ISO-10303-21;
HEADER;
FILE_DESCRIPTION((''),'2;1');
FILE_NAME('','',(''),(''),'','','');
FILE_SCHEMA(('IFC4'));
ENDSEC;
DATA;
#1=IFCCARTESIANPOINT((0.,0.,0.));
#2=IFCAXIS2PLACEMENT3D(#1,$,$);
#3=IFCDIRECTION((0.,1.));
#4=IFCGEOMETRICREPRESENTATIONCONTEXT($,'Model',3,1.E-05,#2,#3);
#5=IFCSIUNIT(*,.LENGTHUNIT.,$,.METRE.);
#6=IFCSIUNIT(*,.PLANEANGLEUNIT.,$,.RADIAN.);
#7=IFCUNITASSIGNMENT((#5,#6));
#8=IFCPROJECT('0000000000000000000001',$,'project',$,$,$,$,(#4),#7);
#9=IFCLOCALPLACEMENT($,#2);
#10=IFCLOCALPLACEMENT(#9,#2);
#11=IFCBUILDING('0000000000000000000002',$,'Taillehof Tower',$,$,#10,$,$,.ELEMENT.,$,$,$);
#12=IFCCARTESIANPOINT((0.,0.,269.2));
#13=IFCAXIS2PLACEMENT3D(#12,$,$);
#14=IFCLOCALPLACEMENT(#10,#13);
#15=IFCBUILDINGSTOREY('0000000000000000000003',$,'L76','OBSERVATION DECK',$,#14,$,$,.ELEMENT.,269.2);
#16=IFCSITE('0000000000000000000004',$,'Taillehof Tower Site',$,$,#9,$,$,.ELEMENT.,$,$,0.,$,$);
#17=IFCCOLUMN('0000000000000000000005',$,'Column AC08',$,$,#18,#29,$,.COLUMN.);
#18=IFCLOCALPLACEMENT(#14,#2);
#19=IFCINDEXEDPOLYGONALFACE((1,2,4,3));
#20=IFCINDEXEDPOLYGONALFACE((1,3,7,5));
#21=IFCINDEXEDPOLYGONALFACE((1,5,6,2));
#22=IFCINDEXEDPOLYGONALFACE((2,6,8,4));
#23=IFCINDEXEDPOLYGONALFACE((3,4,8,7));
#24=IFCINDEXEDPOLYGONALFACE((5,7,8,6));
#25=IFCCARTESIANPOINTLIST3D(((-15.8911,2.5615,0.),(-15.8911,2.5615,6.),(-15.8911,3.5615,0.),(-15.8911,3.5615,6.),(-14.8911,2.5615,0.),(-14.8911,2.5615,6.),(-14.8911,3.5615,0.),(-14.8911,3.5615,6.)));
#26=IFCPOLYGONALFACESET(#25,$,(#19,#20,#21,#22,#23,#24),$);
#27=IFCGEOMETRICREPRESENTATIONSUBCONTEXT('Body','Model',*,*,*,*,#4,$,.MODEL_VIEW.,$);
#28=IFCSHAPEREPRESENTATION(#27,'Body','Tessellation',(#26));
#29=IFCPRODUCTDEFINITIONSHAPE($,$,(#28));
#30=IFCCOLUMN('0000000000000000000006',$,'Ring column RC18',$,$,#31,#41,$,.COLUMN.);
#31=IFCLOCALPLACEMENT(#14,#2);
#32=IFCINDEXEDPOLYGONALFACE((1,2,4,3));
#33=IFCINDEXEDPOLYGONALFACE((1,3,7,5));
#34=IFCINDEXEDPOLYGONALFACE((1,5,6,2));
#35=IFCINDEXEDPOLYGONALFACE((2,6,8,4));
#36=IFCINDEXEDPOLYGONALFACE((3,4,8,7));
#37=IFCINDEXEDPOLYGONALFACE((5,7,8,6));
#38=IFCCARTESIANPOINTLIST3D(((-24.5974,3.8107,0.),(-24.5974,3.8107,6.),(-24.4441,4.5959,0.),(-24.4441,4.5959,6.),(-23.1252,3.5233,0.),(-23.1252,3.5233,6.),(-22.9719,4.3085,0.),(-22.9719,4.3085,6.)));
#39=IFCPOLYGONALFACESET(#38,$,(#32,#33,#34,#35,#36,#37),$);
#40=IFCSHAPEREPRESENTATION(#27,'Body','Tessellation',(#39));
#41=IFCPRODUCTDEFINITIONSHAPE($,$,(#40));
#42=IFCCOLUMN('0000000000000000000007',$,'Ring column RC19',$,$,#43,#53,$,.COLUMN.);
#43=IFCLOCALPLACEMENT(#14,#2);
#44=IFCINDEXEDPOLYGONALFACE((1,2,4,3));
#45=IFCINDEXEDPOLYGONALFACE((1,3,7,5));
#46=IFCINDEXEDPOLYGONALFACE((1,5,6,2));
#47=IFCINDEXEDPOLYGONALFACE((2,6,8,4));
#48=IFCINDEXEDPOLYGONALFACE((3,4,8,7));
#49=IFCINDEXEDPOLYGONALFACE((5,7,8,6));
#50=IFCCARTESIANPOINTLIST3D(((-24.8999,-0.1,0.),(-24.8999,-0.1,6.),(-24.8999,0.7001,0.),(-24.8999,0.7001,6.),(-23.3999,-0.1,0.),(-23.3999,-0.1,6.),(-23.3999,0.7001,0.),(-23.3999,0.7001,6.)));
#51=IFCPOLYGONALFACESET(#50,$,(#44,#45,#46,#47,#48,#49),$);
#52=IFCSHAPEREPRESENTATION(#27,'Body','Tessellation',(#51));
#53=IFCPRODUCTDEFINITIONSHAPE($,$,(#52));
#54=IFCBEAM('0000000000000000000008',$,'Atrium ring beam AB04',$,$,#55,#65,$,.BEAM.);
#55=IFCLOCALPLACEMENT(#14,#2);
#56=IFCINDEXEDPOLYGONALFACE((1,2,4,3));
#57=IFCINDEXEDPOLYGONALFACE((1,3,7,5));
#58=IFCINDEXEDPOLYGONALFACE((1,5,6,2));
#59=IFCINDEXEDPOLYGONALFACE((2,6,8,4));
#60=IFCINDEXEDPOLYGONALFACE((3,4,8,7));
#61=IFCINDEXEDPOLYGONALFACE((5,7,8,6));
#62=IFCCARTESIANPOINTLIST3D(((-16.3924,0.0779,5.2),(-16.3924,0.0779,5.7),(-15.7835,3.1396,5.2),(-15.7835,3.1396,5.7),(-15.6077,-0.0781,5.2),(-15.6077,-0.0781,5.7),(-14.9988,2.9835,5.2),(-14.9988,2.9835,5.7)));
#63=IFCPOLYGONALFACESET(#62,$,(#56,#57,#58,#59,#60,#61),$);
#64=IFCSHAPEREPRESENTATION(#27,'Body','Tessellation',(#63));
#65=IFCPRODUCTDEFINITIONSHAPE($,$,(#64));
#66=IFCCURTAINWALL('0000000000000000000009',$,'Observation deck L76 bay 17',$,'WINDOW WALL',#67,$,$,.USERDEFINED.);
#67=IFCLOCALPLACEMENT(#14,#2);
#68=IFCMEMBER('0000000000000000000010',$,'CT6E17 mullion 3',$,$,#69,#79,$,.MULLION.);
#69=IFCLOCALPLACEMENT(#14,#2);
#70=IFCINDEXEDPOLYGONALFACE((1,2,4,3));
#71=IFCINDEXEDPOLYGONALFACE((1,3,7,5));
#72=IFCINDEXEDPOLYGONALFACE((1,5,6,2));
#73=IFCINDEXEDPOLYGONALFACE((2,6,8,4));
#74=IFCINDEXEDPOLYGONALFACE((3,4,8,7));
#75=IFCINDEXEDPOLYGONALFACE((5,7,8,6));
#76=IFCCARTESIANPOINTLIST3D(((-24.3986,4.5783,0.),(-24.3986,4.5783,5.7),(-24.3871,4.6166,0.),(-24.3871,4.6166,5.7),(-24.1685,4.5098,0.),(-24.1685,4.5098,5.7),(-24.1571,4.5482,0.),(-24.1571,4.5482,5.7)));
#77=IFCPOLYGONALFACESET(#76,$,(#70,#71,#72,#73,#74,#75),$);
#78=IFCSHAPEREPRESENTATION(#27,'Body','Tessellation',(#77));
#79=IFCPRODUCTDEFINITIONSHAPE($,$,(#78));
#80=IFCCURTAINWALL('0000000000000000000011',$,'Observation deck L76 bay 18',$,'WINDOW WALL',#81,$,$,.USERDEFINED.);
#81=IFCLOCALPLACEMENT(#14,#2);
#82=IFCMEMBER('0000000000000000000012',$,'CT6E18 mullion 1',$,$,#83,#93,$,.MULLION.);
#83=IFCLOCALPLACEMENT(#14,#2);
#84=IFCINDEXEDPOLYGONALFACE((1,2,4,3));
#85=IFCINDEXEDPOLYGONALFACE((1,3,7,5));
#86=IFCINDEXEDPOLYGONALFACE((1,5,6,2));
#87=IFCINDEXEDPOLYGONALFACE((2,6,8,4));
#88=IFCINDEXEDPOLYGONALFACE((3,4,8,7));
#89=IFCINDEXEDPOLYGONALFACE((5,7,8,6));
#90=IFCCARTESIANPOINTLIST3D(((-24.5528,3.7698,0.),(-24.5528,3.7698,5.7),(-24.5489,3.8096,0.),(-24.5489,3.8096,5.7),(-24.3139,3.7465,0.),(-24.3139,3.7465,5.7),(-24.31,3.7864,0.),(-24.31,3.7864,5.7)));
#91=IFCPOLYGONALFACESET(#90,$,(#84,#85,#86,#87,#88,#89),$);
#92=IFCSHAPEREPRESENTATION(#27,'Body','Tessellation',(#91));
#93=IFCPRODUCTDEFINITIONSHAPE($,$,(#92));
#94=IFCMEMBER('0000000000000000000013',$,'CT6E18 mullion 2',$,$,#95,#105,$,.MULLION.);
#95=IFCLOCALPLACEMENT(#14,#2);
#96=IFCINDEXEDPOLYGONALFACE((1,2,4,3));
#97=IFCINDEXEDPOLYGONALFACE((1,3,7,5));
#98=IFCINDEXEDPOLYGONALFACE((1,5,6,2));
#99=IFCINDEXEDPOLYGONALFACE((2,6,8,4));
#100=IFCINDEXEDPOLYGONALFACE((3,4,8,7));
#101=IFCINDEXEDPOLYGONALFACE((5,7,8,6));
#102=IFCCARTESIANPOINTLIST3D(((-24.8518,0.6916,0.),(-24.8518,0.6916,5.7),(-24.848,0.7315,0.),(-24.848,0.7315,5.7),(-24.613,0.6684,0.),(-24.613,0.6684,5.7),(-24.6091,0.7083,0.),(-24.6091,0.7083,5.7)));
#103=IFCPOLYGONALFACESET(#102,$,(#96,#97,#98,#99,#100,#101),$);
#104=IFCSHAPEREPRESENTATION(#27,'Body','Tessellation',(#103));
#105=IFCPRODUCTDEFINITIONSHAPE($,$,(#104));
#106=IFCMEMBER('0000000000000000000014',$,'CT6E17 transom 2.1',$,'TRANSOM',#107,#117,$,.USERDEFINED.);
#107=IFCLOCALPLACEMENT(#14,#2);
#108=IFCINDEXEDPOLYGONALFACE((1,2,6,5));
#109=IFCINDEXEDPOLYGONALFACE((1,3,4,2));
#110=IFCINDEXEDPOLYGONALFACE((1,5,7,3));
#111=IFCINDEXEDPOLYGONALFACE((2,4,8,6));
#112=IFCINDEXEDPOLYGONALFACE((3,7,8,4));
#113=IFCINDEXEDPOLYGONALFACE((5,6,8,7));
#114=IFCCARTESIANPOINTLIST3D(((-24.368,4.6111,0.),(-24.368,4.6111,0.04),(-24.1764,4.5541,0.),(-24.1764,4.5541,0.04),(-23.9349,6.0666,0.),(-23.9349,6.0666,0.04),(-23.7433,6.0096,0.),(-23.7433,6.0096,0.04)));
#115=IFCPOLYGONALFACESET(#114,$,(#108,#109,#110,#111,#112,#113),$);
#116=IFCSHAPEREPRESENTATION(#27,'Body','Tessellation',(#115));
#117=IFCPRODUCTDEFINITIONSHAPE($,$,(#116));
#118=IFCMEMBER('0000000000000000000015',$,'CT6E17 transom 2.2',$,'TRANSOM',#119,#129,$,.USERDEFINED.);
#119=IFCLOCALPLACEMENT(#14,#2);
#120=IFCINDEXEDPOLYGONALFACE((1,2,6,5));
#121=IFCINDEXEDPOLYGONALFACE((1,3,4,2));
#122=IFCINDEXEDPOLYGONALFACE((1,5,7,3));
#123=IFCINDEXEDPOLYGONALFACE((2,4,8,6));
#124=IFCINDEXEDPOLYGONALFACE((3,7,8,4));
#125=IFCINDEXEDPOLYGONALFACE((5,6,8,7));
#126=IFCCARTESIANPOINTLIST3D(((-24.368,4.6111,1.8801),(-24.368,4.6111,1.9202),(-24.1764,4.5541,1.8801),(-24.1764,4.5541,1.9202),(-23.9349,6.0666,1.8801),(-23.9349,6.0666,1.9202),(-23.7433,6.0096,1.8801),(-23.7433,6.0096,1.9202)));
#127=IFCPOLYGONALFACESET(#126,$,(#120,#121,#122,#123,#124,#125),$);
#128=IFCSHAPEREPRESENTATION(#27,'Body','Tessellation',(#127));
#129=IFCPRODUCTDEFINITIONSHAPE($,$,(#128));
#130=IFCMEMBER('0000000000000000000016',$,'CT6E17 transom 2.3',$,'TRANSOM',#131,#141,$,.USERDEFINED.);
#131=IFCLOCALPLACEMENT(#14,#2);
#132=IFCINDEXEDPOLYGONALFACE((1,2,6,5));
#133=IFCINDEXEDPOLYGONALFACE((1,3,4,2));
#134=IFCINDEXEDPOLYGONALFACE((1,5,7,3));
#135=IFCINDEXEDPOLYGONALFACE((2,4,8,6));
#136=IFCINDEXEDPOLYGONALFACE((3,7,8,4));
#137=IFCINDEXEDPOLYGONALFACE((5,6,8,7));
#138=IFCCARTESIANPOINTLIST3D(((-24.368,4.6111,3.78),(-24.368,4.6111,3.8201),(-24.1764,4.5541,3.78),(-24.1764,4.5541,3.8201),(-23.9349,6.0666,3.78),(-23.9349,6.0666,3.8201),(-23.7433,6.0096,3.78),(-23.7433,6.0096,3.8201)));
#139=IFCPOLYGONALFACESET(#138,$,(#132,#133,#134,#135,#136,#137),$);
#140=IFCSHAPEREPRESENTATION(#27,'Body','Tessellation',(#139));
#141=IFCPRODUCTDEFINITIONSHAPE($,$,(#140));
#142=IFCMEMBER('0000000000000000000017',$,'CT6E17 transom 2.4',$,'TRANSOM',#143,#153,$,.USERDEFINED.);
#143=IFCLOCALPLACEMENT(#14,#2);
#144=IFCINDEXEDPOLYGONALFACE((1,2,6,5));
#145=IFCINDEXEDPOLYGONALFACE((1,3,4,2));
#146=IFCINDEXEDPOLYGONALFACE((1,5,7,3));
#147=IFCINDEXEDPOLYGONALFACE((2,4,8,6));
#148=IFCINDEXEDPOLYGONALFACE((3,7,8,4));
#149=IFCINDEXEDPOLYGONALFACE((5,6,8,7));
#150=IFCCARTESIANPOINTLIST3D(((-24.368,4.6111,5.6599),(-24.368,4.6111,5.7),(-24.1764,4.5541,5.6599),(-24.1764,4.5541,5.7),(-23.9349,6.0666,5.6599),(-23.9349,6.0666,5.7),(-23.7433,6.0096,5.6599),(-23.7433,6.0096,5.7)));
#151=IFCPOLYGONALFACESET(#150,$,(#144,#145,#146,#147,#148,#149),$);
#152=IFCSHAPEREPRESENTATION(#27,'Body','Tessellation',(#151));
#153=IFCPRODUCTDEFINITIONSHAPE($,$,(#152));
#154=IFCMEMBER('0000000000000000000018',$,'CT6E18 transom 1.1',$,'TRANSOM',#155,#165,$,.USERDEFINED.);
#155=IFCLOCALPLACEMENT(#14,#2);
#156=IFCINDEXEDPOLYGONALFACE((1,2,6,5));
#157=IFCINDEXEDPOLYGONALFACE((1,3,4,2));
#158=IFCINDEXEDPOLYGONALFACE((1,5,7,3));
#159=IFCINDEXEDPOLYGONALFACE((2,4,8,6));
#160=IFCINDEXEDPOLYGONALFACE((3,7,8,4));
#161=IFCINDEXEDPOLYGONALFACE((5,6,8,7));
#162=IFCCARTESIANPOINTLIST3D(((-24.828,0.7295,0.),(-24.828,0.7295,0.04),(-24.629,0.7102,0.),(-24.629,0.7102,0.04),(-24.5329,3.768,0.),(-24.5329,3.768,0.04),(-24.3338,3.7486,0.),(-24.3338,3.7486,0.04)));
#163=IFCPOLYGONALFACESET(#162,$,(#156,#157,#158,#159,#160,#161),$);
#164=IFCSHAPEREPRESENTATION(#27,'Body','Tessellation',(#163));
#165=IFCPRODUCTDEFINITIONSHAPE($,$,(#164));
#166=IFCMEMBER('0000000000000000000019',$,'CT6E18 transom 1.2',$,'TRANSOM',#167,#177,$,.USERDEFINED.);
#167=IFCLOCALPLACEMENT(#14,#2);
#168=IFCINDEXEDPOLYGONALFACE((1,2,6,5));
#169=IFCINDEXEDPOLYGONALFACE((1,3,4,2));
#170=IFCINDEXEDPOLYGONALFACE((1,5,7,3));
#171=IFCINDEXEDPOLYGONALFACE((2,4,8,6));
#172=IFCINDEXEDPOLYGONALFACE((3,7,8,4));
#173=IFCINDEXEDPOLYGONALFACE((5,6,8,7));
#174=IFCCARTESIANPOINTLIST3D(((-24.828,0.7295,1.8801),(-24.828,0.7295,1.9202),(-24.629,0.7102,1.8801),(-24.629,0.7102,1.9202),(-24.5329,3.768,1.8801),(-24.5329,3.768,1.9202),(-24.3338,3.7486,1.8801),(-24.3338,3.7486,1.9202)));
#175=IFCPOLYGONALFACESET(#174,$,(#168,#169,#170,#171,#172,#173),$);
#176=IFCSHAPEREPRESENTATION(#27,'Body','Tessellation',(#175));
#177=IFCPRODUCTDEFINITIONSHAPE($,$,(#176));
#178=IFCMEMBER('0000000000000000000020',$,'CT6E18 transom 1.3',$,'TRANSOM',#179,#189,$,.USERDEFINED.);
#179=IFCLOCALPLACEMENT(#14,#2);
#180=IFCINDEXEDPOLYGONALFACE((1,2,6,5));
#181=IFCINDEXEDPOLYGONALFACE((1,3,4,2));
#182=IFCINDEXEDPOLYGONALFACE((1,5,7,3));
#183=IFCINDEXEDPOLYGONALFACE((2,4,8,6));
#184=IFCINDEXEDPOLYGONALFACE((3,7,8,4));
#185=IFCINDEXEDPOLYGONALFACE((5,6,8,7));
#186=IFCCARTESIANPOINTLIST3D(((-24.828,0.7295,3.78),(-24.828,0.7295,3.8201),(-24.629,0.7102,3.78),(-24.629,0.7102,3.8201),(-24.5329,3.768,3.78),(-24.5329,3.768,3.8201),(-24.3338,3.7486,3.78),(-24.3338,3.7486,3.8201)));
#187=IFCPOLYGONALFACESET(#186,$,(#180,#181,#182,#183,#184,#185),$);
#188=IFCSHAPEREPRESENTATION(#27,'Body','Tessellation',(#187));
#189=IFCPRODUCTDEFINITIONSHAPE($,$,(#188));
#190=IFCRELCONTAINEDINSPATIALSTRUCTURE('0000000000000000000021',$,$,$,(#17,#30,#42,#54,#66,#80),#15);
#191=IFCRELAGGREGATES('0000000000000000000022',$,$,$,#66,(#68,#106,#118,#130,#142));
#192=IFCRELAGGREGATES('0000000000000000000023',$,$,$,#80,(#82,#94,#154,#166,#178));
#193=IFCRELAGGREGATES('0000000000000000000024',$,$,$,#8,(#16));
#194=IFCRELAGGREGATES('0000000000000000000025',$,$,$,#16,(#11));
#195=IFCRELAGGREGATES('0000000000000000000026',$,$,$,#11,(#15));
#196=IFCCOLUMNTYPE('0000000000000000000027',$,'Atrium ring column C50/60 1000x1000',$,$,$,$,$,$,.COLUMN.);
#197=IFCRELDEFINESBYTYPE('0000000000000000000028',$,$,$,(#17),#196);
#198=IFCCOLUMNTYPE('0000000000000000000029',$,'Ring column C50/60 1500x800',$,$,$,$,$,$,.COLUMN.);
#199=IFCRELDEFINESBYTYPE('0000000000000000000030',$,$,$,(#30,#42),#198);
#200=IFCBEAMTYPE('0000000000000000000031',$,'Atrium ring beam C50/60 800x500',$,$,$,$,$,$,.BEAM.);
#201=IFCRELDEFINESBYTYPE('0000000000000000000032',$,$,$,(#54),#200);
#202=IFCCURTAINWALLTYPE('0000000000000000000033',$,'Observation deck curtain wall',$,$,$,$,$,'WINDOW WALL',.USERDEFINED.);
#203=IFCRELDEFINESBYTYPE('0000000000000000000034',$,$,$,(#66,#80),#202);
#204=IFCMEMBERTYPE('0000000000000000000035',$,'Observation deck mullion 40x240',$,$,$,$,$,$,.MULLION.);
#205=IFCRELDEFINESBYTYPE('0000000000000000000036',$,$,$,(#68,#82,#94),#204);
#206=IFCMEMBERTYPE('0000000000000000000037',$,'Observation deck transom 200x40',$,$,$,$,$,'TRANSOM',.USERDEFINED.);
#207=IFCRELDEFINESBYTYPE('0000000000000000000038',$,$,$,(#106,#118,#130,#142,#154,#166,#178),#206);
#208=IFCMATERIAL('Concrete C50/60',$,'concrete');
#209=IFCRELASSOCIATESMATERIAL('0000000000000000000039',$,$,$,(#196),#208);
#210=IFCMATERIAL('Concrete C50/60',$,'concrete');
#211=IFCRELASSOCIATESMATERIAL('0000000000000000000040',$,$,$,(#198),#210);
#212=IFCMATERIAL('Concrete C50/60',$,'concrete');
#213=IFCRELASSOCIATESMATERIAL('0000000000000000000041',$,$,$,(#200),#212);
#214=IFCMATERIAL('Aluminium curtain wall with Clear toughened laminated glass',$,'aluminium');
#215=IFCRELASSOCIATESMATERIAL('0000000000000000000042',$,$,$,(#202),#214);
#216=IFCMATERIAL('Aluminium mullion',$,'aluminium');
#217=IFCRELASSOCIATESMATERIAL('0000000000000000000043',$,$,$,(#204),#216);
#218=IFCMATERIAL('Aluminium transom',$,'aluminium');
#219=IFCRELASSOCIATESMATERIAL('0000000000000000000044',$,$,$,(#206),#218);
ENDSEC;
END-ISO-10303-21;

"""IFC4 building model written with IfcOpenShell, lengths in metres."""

from ifc_helpers import new_model, si_unit, direction, frame, origin, origin_2d, place, context, subcontext, project, spatial, rectangle, extrude, material, material_profile, profile_set, type_object, element, aggregate, save


model = new_model("IFC4")

# Units and contexts
model_context = context("Model", 3, precision=1e-05, world=origin(), true_north=direction((0.0, 1.0)))
body_context = subcontext(model_context, "Body", "Model", "MODEL_VIEW")
ifc_project = project(units=[si_unit("LENGTHUNIT", "METRE"), si_unit("PLANEANGLEUNIT", "RADIAN")], contexts=[model_context])

# Site, building, storey
site_placement = place(None, origin())
site = spatial("IfcSite", under=ifc_project, at=site_placement, Name="Taillehof Tower Site", CompositionType="ELEMENT", RefElevation=0.0)
building_placement = place(site_placement, origin())
building = spatial("IfcBuilding", under=site, at=building_placement, Name="Taillehof Tower", CompositionType="ELEMENT")
storey_placement = place(building_placement, frame((0.0, 0.0, 269.2)))
storey = spatial("IfcBuildingStorey", under=building, at=storey_placement, Name="L76", Description="OBSERVATION DECK", CompositionType="ELEMENT", Elevation=269.2)

# Columns
ifc_material_1 = material(Name="Concrete C50/60", Category="concrete")
ifc_material_profile_1 = material_profile(ifc_material_1, rectangle(XDim=1.0, YDim=1.0, at=origin_2d()), Name="RC 1000x1000")
ifc_profile_set_1 = profile_set([ifc_material_profile_1], Name="Concrete C50/60")
column_type_1 = type_object("IfcColumnType", Name="Atrium ring column C50/60 1000x1000", PredefinedType="COLUMN", material=ifc_profile_set_1)
column_placement = place(storey_placement, frame((-15.3911, 3.0615, 0.0), z_axis=(0.0, 0.0, 1.0), x_axis=(1.0, 0.0, 0.0)))
element("IfcColumn", 1, at=column_placement, inside=storey, type_object=column_type_1, Name="Column AC08", PredefinedType="COLUMN", context=body_context, shape_type="SweptSolid", body=[
    extrude(rectangle(XDim=1.0, YDim=1.0, at=origin_2d()), origin(), (0.0, 0.0, 1.0), 6.0),
])
ifc_material_2 = material(Name="Concrete C50/60", Category="concrete")
ifc_material_profile_2 = material_profile(ifc_material_2, rectangle(XDim=1.5, YDim=0.8, at=origin_2d()), Name="RC 1500x800")
ifc_profile_set_2 = profile_set([ifc_material_profile_2], Name="Concrete C50/60")
column_type_2 = type_object("IfcColumnType", Name="Ring column C50/60 1500x800", PredefinedType="COLUMN", material=ifc_profile_set_2)
for number, where, z_axis, x_axis, name in (
    (2, (-23.7847, 4.0596, 0.0), (0.0, 0.0, 1.0), (-0.981473, 0.191602, 0.0), "Ring column RC18"),
    (3, (-24.1499, 0.3, 0.0), (0.0, 0.0, 1.0), (-1.0, 0.0, 0.0), "Ring column RC19"),
):
    element("IfcColumn", number, at=place(storey_placement, frame(where, z_axis=z_axis, x_axis=x_axis)), inside=storey, type_object=column_type_2, Name=name, PredefinedType="COLUMN", context=body_context, shape_type="SweptSolid", body=[
        extrude(rectangle(XDim=1.5, YDim=0.8, at=origin_2d()), origin(), (0.0, 0.0, 1.0), 6.0),
    ])

# Beam
ifc_material_3 = material(Name="Concrete C50/60", Category="concrete")
ifc_material_profile_3 = material_profile(ifc_material_3, rectangle(XDim=0.8, YDim=0.5, at=origin_2d()), Name="RC 800x500")
ifc_profile_set_3 = profile_set([ifc_material_profile_3], Name="Concrete C50/60")
beam_type_1 = type_object("IfcBeamType", Name="Atrium ring beam C50/60 800x500", PredefinedType="BEAM", material=ifc_profile_set_3)
beam_1_placement = place(storey_placement, frame((-15.3911, 3.0615, 5.45), z_axis=(-0.195063, -0.980791, 0.0), x_axis=(0.980791, -0.195063, 0.0)))
element("IfcBeam", 4, at=beam_1_placement, inside=storey, type_object=beam_type_1, Name="Atrium ring beam AB04", PredefinedType="BEAM", context=body_context, shape_type="SweptSolid", body=[
    extrude(rectangle(XDim=0.8, YDim=0.5, at=origin_2d()), origin(), (0.0, 0.0, 1.0), 3.1216),
])

# Curtain wall, member
ifc_material_4 = material(Name="Aluminium curtain wall with Clear toughened laminated glass", Category="aluminium")
curtain_wall_type = type_object("IfcCurtainWallType", Name="Observation deck curtain wall", ElementType="WINDOW WALL", PredefinedType="USERDEFINED", material=ifc_material_4)
curtain_wall_1_placement = place(storey_placement, origin())
curtain_wall_1 = element("IfcCurtainWall", 5, at=curtain_wall_1_placement, inside=storey, type_object=curtain_wall_type, Name="Observation deck L76 bay 17", ObjectType="WINDOW WALL", PredefinedType="USERDEFINED")
ifc_material_5 = material(Name="Aluminium mullion", Category="aluminium")
ifc_material_profile_4 = material_profile(ifc_material_5, rectangle(XDim=0.24, YDim=0.04, at=origin_2d()), Name="AL 40x240")
ifc_profile_set_4 = profile_set([ifc_material_profile_4], Name="Aluminium mullion")
member_type_1 = type_object("IfcMemberType", Name="Observation deck mullion 40x240", PredefinedType="MULLION", material=ifc_profile_set_4)
member_1_placement = place(storey_placement, frame((-24.2778, 4.5632, 0.0), z_axis=(0.0, 0.0, 1.0), x_axis=(0.958457, -0.285236, 0.0)))
member_1 = element("IfcMember", 6, at=member_1_placement, type_object=member_type_1, Name="CT6E17 mullion 3", PredefinedType="MULLION", context=body_context, shape_type="SweptSolid", body=[
    extrude(rectangle(XDim=0.24, YDim=0.04, at=origin_2d()), origin(), (0.0, 0.0, 1.0), 5.7),
])

# Curtain wall, members
curtain_wall_2_placement = place(storey_placement, origin())
curtain_wall_2 = element("IfcCurtainWall", 7, at=curtain_wall_2_placement, inside=storey, type_object=curtain_wall_type, Name="Observation deck L76 bay 18", ObjectType="WINDOW WALL", PredefinedType="USERDEFINED")
member_2_placement = place(storey_placement, frame((-24.4314, 3.7781, 0.0), z_axis=(0.0, 0.0, 1.0), x_axis=(0.995312, -0.096714, 0.0)))
member_2 = element("IfcMember", 8, at=member_2_placement, type_object=member_type_1, Name="CT6E18 mullion 1", PredefinedType="MULLION", context=body_context, shape_type="SweptSolid", body=[
    extrude(rectangle(XDim=0.24, YDim=0.04, at=origin_2d()), origin(), (0.0, 0.0, 1.0), 5.7),
])
member_3_placement = place(storey_placement, frame((-24.7305, 0.7, 0.0), z_axis=(0.0, 0.0, 1.0), x_axis=(0.995312, -0.096714, 0.0)))
member_3 = element("IfcMember", 9, at=member_3_placement, type_object=member_type_1, Name="CT6E18 mullion 2", PredefinedType="MULLION", context=body_context, shape_type="SweptSolid", body=[
    extrude(rectangle(XDim=0.24, YDim=0.04, at=origin_2d()), origin(), (0.0, 0.0, 1.0), 5.7),
])

# Members
ifc_material_6 = material(Name="Aluminium transom", Category="aluminium")
ifc_material_profile_5 = material_profile(ifc_material_6, rectangle(XDim=0.2, YDim=0.04, at=origin_2d()), Name="AL 200x40")
ifc_profile_set_5 = profile_set([ifc_material_profile_5], Name="Aluminium transom")
member_type_2 = type_object("IfcMemberType", Name="Observation deck transom 200x40", ElementType="TRANSOM", PredefinedType="USERDEFINED", material=ifc_profile_set_5)
member_4_placement = place(storey_placement, frame((-23.8391, 6.0381, 0.02), z_axis=(-0.285194, -0.95847, 0.0), x_axis=(0.95847, -0.285194, 0.0)))
member_4 = element("IfcMember", 10, at=member_4_placement, type_object=member_type_2, Name="CT6E17 transom 2.1", ObjectType="TRANSOM", PredefinedType="USERDEFINED", context=body_context, shape_type="SweptSolid", body=[
    extrude(rectangle(XDim=0.2, YDim=0.04, at=origin_2d()), origin(), (0.0, 0.0, 1.0), 1.5186),
])
member_5_placement = place(storey_placement, frame((-23.8391, 6.0381, 1.9001), z_axis=(-0.285194, -0.95847, 0.0), x_axis=(0.95847, -0.285194, 0.0)))
member_5 = element("IfcMember", 11, at=member_5_placement, type_object=member_type_2, Name="CT6E17 transom 2.2", ObjectType="TRANSOM", PredefinedType="USERDEFINED", context=body_context, shape_type="SweptSolid", body=[
    extrude(rectangle(XDim=0.2, YDim=0.04, at=origin_2d()), origin(), (0.0, 0.0, 1.0), 1.5186),
])
member_6_placement = place(storey_placement, frame((-23.8391, 6.0381, 3.8), z_axis=(-0.285194, -0.95847, 0.0), x_axis=(0.95847, -0.285194, 0.0)))
member_6 = element("IfcMember", 12, at=member_6_placement, type_object=member_type_2, Name="CT6E17 transom 2.3", ObjectType="TRANSOM", PredefinedType="USERDEFINED", context=body_context, shape_type="SweptSolid", body=[
    extrude(rectangle(XDim=0.2, YDim=0.04, at=origin_2d()), origin(), (0.0, 0.0, 1.0), 1.5186),
])
member_7_placement = place(storey_placement, frame((-23.8391, 6.0381, 5.6799), z_axis=(-0.285194, -0.95847, 0.0), x_axis=(0.95847, -0.285194, 0.0)))
member_7 = element("IfcMember", 13, at=member_7_placement, type_object=member_type_2, Name="CT6E17 transom 2.4", ObjectType="TRANSOM", PredefinedType="USERDEFINED", context=body_context, shape_type="SweptSolid", body=[
    extrude(rectangle(XDim=0.2, YDim=0.04, at=origin_2d()), origin(), (0.0, 0.0, 1.0), 1.5186),
])
member_8_placement = place(storey_placement, frame((-24.4333, 3.7583, 0.02), z_axis=(-0.096692, -0.995314, 0.0), x_axis=(0.995314, -0.096692, 0.0)))
member_8 = element("IfcMember", 14, at=member_8_placement, type_object=member_type_2, Name="CT6E18 transom 1.1", ObjectType="TRANSOM", PredefinedType="USERDEFINED", context=body_context, shape_type="SweptSolid", body=[
    extrude(rectangle(XDim=0.2, YDim=0.04, at=origin_2d()), origin(), (0.0, 0.0, 1.0), 3.0527),
])
member_9_placement = place(storey_placement, frame((-24.4333, 3.7583, 1.9001), z_axis=(-0.096692, -0.995314, 0.0), x_axis=(0.995314, -0.096692, 0.0)))
member_9 = element("IfcMember", 15, at=member_9_placement, type_object=member_type_2, Name="CT6E18 transom 1.2", ObjectType="TRANSOM", PredefinedType="USERDEFINED", context=body_context, shape_type="SweptSolid", body=[
    extrude(rectangle(XDim=0.2, YDim=0.04, at=origin_2d()), origin(), (0.0, 0.0, 1.0), 3.0527),
])
member_10_placement = place(storey_placement, frame((-24.4333, 3.7583, 3.8), z_axis=(-0.096692, -0.995314, 0.0), x_axis=(0.995314, -0.096692, 0.0)))
member_10 = element("IfcMember", 16, at=member_10_placement, type_object=member_type_2, Name="CT6E18 transom 1.3", ObjectType="TRANSOM", PredefinedType="USERDEFINED", context=body_context, shape_type="SweptSolid", body=[
    extrude(rectangle(XDim=0.2, YDim=0.04, at=origin_2d()), origin(), (0.0, 0.0, 1.0), 3.0527),
])

aggregate(curtain_wall_1, [member_1, member_4, member_5, member_6, member_7])
aggregate(curtain_wall_2, [member_2, member_3, member_8, member_9, member_10])

save(model, "model.ifc")
